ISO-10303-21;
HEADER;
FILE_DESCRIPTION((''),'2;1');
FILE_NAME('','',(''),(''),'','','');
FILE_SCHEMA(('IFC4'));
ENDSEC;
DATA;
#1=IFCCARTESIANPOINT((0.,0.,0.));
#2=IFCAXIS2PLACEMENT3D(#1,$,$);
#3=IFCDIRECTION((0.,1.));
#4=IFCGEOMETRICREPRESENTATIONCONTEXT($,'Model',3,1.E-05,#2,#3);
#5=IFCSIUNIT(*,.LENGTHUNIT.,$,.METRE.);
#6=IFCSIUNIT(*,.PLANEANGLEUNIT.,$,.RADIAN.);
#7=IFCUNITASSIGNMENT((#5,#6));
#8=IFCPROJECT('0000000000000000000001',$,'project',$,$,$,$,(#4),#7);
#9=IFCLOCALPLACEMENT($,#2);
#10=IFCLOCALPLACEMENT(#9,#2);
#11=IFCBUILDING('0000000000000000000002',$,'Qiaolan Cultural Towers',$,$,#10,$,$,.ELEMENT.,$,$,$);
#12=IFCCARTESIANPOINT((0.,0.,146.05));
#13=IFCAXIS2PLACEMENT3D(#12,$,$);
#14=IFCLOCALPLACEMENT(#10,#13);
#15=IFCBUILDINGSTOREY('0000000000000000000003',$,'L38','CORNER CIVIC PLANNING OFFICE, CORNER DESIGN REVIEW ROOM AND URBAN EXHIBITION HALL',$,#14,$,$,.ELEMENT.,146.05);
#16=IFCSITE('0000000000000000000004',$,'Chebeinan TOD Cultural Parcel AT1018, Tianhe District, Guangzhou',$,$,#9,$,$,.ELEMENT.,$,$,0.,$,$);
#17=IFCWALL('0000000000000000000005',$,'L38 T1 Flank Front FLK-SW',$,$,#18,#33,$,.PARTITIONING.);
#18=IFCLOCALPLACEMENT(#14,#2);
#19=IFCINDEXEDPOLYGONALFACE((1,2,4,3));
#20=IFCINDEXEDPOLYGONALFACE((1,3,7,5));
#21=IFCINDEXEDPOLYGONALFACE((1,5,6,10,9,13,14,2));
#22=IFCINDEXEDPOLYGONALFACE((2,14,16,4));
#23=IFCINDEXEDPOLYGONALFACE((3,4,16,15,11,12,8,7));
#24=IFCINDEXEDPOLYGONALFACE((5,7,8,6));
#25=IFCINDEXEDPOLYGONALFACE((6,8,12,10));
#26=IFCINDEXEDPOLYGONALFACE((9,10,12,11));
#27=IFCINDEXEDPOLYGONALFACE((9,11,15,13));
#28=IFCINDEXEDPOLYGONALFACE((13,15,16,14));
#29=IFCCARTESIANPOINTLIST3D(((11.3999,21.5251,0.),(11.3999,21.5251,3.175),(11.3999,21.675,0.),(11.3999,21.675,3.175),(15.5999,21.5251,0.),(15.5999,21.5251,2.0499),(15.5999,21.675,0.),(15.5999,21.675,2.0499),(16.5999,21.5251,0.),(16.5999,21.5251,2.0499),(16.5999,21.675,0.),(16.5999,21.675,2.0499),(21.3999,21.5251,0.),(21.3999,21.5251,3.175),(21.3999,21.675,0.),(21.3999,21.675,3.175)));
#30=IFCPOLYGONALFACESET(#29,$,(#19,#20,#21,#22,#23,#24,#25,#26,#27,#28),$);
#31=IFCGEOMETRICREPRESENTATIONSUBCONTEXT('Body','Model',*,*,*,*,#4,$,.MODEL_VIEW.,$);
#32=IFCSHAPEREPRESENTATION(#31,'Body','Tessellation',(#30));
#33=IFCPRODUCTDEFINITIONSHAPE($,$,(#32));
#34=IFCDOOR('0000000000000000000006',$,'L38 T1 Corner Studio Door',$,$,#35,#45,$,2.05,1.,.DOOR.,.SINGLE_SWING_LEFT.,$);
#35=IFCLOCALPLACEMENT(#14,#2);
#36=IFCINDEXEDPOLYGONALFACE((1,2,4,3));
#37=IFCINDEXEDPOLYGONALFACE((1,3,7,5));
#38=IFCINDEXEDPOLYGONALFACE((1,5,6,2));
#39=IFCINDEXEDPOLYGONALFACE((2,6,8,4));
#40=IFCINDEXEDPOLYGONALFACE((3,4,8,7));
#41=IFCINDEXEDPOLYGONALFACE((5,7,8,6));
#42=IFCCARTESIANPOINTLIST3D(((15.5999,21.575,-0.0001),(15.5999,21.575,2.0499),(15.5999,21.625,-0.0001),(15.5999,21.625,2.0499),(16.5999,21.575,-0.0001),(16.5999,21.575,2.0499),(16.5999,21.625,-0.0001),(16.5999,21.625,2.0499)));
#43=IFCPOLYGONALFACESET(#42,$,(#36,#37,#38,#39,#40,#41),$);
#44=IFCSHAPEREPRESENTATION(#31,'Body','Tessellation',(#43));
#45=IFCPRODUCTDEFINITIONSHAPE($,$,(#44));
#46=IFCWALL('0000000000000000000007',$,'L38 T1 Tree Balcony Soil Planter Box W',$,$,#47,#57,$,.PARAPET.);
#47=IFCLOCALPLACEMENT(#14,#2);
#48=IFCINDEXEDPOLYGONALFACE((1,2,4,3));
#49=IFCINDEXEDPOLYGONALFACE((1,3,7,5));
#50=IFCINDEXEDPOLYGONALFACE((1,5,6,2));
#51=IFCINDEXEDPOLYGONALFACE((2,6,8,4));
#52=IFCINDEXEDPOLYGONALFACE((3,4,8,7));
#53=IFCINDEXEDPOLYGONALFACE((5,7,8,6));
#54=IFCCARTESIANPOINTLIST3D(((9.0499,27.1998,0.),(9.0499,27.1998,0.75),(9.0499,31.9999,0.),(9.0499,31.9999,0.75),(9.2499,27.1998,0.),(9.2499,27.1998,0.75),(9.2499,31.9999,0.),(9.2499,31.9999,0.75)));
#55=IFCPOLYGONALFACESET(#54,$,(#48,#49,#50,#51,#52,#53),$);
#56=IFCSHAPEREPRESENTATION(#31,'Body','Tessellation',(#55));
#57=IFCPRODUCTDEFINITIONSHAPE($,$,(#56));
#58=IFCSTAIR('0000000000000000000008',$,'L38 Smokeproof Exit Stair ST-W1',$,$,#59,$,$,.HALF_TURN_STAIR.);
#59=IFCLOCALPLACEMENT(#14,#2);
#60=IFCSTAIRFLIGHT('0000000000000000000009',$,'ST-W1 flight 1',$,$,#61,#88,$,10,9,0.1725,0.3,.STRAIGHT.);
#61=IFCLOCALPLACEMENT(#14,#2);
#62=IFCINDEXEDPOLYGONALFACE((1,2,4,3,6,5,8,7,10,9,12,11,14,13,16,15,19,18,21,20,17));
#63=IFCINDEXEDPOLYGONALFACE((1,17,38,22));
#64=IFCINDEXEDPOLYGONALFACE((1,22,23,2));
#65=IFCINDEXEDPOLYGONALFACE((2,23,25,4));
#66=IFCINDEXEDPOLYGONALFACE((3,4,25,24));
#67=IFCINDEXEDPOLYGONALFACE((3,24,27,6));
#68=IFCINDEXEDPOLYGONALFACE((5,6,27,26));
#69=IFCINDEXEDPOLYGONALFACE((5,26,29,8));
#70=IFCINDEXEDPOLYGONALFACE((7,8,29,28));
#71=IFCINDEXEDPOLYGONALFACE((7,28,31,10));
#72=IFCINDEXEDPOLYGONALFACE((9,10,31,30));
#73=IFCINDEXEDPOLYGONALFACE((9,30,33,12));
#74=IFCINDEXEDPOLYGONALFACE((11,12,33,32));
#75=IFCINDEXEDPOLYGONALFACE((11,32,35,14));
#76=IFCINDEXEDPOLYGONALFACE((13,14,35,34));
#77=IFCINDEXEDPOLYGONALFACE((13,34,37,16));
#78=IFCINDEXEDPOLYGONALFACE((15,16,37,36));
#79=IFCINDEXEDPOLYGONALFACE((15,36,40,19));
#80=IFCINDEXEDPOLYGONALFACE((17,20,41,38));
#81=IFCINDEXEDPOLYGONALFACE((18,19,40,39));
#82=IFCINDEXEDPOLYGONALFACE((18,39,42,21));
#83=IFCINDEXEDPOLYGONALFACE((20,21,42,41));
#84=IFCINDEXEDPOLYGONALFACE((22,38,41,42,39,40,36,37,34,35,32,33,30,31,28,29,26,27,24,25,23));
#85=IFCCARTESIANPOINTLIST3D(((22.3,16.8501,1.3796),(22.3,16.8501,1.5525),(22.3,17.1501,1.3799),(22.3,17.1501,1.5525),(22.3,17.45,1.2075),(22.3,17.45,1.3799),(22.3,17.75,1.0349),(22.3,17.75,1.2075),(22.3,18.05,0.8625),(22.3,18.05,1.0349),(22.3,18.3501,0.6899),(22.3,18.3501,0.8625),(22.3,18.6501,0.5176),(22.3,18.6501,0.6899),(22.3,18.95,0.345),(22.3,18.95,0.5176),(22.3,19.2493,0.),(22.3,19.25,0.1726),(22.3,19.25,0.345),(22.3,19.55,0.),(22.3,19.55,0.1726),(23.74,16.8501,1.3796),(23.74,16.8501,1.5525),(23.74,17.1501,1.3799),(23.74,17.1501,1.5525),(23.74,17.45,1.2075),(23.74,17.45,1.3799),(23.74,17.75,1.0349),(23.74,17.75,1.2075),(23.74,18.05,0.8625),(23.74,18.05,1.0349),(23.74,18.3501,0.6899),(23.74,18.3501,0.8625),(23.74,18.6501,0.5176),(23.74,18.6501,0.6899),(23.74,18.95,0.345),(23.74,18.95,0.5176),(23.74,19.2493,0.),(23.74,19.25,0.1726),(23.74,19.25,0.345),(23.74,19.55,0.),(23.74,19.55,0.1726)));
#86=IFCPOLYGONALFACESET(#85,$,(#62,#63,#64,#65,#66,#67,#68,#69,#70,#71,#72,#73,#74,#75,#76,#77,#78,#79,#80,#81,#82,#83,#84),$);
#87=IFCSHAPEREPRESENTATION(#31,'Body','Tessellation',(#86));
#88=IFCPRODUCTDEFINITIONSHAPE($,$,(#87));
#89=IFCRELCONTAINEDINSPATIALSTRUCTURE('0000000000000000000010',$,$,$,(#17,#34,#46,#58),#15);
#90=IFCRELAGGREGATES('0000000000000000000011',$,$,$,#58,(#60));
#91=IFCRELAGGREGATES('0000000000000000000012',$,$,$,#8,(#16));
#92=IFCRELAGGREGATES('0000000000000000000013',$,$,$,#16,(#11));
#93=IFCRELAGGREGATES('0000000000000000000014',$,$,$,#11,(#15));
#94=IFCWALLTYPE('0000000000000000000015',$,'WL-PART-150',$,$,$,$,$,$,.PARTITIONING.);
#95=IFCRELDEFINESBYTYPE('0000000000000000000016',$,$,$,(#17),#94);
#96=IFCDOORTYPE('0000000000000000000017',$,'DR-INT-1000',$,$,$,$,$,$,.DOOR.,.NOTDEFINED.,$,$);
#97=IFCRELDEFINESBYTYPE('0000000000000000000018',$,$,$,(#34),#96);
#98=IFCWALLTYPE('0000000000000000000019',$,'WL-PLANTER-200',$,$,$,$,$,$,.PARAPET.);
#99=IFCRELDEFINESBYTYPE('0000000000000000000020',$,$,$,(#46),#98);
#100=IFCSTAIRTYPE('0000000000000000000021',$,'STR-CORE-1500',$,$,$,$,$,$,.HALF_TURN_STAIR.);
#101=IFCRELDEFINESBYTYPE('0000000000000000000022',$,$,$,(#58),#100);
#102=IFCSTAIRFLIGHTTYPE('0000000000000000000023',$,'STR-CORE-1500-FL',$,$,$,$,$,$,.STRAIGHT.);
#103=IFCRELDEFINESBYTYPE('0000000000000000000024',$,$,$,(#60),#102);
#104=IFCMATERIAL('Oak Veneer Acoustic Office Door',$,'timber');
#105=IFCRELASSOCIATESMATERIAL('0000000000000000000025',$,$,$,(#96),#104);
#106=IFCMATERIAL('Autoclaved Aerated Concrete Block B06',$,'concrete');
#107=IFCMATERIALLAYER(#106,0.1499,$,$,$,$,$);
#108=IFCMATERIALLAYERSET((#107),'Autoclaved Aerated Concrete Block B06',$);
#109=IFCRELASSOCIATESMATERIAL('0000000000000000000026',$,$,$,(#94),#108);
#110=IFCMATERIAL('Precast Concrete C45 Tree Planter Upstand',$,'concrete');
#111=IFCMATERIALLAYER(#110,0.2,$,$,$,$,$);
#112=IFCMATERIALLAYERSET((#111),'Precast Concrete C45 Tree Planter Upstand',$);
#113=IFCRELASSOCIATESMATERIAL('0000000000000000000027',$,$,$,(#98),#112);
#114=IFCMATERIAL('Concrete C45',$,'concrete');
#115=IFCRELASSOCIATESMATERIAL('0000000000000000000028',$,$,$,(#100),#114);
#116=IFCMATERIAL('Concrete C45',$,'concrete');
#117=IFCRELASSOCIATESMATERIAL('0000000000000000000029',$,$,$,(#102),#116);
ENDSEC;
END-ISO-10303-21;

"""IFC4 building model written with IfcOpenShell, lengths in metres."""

from ifc_helpers import new_model, si_unit, direction, frame, frame_2d, origin, place, context, subcontext, project, spatial, polyline, rectangle, outline, extrude, material, layer, layer_set, type_object, element, fill, aggregate, save


model = new_model("IFC4")

# Units and contexts
model_context = context("Model", 3, precision=1e-05, world=origin(), true_north=direction((0.0, 1.0)))
body_context = subcontext(model_context, "Body", "Model", "MODEL_VIEW")
ifc_project = project(units=[si_unit("LENGTHUNIT", "METRE"), si_unit("PLANEANGLEUNIT", "RADIAN")], contexts=[model_context])

# Site, building, storey
site_placement = place(None, origin())
site = spatial("IfcSite", under=ifc_project, at=site_placement, Name="Chebeinan TOD Cultural Parcel AT1018, Tianhe District, Guangzhou", CompositionType="ELEMENT", RefElevation=0.0)
building_placement = place(site_placement, origin())
building = spatial("IfcBuilding", under=site, at=building_placement, Name="Qiaolan Cultural Towers", CompositionType="ELEMENT")
storey_placement = place(building_placement, frame((0.0, 0.0, 146.05)))
storey = spatial("IfcBuildingStorey", under=building, at=storey_placement, Name="L38", Description="CORNER CIVIC PLANNING OFFICE, CORNER DESIGN REVIEW ROOM AND URBAN EXHIBITION HALL", CompositionType="ELEMENT", Elevation=146.05)

# Shared definitions
ifc_material_1 = material(Name="Oak Veneer Acoustic Office Door", Category="timber")
door_type_1 = type_object("IfcDoorType", Name="DR-INT-1000", OperationType="NOTDEFINED", PredefinedType="DOOR", material=ifc_material_1)

# Wall, opening, door
ifc_material_2 = material(Name="Autoclaved Aerated Concrete Block B06", Category="concrete")
ifc_layer_1 = layer(ifc_material_2, 0.1499)
ifc_layer_set_1 = layer_set([ifc_layer_1], Name="Autoclaved Aerated Concrete Block B06")
wall_type_1 = type_object("IfcWallType", Name="WL-PART-150", PredefinedType="PARTITIONING", material=ifc_layer_set_1)
wall_1_placement = place(storey_placement, frame((11.3999, 21.6001, 0.0), z_axis=(0.0, 0.0, 1.0), x_axis=(1.0, 0.0, 0.0)))
wall_1 = element("IfcWall", 1, at=wall_1_placement, inside=storey, type_object=wall_type_1, Name="L38 T1 Flank Front FLK-SW", PredefinedType="PARTITIONING", context=body_context, shape_type="SweptSolid", body=[
    extrude(rectangle(XDim=10.0, YDim=0.1499, at=frame_2d((5.0, 0.0))), origin(), (0.0, 0.0, 1.0), 3.175),
])
opening_1_placement = place(wall_1_placement, frame((4.2, 0.0, 0.0)))
opening_1 = element("IfcOpeningElement", 2, at=opening_1_placement, cuts=wall_1, PredefinedType="OPENING", context=body_context, shape_type="SweptSolid", body=[
    extrude(rectangle(XDim=1.0, YDim=2.05, at=frame_2d((0.5, 1.0249))), frame((0.0, 0.085, 0.0), z_axis=(0.0, -1.0, 0.0), x_axis=(1.0, 0.0, 0.0)), (0.0, 0.0, 1.0), 0.1699),
])
door_1_placement = place(opening_1_placement, origin())
door_1 = element("IfcDoor", 3, at=door_1_placement, inside=storey, type_object=door_type_1, Name="L38 T1 Corner Studio Door", OperationType="SINGLE_SWING_LEFT", OverallHeight=2.05, OverallWidth=1.0, PredefinedType="DOOR", context=body_context, shape_type="SweptSolid", body=[
    extrude(rectangle(XDim=1.0, YDim=2.05, at=frame_2d((0.5, 1.0249))), frame((0.0, 0.0249, 0.0), z_axis=(0.0, -1.0, 0.0), x_axis=(1.0, 0.0, 0.0)), (0.0, 0.0, 1.0), 0.05),
])
fill(opening_1, door_1)

# Wall
ifc_material_3 = material(Name="Precast Concrete C45 Tree Planter Upstand", Category="concrete")
ifc_layer_2 = layer(ifc_material_3, 0.2)
ifc_layer_set_2 = layer_set([ifc_layer_2], Name="Precast Concrete C45 Tree Planter Upstand")
wall_type_2 = type_object("IfcWallType", Name="WL-PLANTER-200", PredefinedType="PARAPET", material=ifc_layer_set_2)
wall_2_placement = place(storey_placement, frame((9.1499, 27.2, 0.0), z_axis=(0.0, 0.0, 1.0), x_axis=(0.0, 1.0, 0.0)))
element("IfcWall", 4, at=wall_2_placement, inside=storey, type_object=wall_type_2, Name="L38 T1 Tree Balcony Soil Planter Box W", PredefinedType="PARAPET", context=body_context, shape_type="SweptSolid", body=[
    extrude(rectangle(XDim=4.8, YDim=0.2, at=frame_2d((2.3999, 0.0))), origin(), (0.0, 0.0, 1.0), 0.75),
])

# Stair, stair flight
ifc_material_4 = material(Name="Concrete C45", Category="concrete")
stair_type = type_object("IfcStairType", Name="STR-CORE-1500", PredefinedType="HALF_TURN_STAIR", material=ifc_material_4)
stair_placement = place(storey_placement, origin())
stair = element("IfcStair", 5, at=stair_placement, inside=storey, type_object=stair_type, Name="L38 Smokeproof Exit Stair ST-W1", PredefinedType="HALF_TURN_STAIR")
ifc_material_5 = material(Name="Concrete C45", Category="concrete")
stair_flight_type = type_object("IfcStairFlightType", Name="STR-CORE-1500-FL", PredefinedType="STRAIGHT", material=ifc_material_5)
stair_flight_placement = place(storey_placement, frame((23.02, 19.55, 0.0), z_axis=(0.0, 0.0, 1.0), x_axis=(0.0, -1.0, 0.0)))
stair_flight = element("IfcStairFlight", 6, at=stair_flight_placement, type_object=stair_flight_type, Name="ST-W1 flight 1", NumberOfRisers=10, NumberOfTreads=9, PredefinedType="STRAIGHT", RiserHeight=0.1725, TreadLength=0.3, context=body_context, shape_type="SweptSolid", body=[
    extrude(outline(polyline([(0.0, 0.0), (0.0, 0.1726), (0.3, 0.1726), (0.3, 0.345), (0.6001, 0.345), (0.6001, 0.5176), (0.8999, 0.5176), (0.8999, 0.6899), (1.2, 0.6899), (1.2, 0.8625), (1.5, 0.8625), (1.5, 1.0349), (1.8, 1.0349), (1.8, 1.2075), (2.1001, 1.2075), (2.1001, 1.3799), (2.3999, 1.3799), (2.3999, 1.5525), (2.7, 1.5525), (2.7, 1.7251), (2.7, 1.3796), (0.3008, 0.0), (0.0, 0.0)])), frame((0.0, 0.72, 0.0), z_axis=(0.0, -1.0, 0.0), x_axis=(1.0, 0.0, 0.0)), (0.0, 0.0, 1.0), 1.4399),
])
aggregate(stair, [stair_flight])

save(model, "model.ifc")
